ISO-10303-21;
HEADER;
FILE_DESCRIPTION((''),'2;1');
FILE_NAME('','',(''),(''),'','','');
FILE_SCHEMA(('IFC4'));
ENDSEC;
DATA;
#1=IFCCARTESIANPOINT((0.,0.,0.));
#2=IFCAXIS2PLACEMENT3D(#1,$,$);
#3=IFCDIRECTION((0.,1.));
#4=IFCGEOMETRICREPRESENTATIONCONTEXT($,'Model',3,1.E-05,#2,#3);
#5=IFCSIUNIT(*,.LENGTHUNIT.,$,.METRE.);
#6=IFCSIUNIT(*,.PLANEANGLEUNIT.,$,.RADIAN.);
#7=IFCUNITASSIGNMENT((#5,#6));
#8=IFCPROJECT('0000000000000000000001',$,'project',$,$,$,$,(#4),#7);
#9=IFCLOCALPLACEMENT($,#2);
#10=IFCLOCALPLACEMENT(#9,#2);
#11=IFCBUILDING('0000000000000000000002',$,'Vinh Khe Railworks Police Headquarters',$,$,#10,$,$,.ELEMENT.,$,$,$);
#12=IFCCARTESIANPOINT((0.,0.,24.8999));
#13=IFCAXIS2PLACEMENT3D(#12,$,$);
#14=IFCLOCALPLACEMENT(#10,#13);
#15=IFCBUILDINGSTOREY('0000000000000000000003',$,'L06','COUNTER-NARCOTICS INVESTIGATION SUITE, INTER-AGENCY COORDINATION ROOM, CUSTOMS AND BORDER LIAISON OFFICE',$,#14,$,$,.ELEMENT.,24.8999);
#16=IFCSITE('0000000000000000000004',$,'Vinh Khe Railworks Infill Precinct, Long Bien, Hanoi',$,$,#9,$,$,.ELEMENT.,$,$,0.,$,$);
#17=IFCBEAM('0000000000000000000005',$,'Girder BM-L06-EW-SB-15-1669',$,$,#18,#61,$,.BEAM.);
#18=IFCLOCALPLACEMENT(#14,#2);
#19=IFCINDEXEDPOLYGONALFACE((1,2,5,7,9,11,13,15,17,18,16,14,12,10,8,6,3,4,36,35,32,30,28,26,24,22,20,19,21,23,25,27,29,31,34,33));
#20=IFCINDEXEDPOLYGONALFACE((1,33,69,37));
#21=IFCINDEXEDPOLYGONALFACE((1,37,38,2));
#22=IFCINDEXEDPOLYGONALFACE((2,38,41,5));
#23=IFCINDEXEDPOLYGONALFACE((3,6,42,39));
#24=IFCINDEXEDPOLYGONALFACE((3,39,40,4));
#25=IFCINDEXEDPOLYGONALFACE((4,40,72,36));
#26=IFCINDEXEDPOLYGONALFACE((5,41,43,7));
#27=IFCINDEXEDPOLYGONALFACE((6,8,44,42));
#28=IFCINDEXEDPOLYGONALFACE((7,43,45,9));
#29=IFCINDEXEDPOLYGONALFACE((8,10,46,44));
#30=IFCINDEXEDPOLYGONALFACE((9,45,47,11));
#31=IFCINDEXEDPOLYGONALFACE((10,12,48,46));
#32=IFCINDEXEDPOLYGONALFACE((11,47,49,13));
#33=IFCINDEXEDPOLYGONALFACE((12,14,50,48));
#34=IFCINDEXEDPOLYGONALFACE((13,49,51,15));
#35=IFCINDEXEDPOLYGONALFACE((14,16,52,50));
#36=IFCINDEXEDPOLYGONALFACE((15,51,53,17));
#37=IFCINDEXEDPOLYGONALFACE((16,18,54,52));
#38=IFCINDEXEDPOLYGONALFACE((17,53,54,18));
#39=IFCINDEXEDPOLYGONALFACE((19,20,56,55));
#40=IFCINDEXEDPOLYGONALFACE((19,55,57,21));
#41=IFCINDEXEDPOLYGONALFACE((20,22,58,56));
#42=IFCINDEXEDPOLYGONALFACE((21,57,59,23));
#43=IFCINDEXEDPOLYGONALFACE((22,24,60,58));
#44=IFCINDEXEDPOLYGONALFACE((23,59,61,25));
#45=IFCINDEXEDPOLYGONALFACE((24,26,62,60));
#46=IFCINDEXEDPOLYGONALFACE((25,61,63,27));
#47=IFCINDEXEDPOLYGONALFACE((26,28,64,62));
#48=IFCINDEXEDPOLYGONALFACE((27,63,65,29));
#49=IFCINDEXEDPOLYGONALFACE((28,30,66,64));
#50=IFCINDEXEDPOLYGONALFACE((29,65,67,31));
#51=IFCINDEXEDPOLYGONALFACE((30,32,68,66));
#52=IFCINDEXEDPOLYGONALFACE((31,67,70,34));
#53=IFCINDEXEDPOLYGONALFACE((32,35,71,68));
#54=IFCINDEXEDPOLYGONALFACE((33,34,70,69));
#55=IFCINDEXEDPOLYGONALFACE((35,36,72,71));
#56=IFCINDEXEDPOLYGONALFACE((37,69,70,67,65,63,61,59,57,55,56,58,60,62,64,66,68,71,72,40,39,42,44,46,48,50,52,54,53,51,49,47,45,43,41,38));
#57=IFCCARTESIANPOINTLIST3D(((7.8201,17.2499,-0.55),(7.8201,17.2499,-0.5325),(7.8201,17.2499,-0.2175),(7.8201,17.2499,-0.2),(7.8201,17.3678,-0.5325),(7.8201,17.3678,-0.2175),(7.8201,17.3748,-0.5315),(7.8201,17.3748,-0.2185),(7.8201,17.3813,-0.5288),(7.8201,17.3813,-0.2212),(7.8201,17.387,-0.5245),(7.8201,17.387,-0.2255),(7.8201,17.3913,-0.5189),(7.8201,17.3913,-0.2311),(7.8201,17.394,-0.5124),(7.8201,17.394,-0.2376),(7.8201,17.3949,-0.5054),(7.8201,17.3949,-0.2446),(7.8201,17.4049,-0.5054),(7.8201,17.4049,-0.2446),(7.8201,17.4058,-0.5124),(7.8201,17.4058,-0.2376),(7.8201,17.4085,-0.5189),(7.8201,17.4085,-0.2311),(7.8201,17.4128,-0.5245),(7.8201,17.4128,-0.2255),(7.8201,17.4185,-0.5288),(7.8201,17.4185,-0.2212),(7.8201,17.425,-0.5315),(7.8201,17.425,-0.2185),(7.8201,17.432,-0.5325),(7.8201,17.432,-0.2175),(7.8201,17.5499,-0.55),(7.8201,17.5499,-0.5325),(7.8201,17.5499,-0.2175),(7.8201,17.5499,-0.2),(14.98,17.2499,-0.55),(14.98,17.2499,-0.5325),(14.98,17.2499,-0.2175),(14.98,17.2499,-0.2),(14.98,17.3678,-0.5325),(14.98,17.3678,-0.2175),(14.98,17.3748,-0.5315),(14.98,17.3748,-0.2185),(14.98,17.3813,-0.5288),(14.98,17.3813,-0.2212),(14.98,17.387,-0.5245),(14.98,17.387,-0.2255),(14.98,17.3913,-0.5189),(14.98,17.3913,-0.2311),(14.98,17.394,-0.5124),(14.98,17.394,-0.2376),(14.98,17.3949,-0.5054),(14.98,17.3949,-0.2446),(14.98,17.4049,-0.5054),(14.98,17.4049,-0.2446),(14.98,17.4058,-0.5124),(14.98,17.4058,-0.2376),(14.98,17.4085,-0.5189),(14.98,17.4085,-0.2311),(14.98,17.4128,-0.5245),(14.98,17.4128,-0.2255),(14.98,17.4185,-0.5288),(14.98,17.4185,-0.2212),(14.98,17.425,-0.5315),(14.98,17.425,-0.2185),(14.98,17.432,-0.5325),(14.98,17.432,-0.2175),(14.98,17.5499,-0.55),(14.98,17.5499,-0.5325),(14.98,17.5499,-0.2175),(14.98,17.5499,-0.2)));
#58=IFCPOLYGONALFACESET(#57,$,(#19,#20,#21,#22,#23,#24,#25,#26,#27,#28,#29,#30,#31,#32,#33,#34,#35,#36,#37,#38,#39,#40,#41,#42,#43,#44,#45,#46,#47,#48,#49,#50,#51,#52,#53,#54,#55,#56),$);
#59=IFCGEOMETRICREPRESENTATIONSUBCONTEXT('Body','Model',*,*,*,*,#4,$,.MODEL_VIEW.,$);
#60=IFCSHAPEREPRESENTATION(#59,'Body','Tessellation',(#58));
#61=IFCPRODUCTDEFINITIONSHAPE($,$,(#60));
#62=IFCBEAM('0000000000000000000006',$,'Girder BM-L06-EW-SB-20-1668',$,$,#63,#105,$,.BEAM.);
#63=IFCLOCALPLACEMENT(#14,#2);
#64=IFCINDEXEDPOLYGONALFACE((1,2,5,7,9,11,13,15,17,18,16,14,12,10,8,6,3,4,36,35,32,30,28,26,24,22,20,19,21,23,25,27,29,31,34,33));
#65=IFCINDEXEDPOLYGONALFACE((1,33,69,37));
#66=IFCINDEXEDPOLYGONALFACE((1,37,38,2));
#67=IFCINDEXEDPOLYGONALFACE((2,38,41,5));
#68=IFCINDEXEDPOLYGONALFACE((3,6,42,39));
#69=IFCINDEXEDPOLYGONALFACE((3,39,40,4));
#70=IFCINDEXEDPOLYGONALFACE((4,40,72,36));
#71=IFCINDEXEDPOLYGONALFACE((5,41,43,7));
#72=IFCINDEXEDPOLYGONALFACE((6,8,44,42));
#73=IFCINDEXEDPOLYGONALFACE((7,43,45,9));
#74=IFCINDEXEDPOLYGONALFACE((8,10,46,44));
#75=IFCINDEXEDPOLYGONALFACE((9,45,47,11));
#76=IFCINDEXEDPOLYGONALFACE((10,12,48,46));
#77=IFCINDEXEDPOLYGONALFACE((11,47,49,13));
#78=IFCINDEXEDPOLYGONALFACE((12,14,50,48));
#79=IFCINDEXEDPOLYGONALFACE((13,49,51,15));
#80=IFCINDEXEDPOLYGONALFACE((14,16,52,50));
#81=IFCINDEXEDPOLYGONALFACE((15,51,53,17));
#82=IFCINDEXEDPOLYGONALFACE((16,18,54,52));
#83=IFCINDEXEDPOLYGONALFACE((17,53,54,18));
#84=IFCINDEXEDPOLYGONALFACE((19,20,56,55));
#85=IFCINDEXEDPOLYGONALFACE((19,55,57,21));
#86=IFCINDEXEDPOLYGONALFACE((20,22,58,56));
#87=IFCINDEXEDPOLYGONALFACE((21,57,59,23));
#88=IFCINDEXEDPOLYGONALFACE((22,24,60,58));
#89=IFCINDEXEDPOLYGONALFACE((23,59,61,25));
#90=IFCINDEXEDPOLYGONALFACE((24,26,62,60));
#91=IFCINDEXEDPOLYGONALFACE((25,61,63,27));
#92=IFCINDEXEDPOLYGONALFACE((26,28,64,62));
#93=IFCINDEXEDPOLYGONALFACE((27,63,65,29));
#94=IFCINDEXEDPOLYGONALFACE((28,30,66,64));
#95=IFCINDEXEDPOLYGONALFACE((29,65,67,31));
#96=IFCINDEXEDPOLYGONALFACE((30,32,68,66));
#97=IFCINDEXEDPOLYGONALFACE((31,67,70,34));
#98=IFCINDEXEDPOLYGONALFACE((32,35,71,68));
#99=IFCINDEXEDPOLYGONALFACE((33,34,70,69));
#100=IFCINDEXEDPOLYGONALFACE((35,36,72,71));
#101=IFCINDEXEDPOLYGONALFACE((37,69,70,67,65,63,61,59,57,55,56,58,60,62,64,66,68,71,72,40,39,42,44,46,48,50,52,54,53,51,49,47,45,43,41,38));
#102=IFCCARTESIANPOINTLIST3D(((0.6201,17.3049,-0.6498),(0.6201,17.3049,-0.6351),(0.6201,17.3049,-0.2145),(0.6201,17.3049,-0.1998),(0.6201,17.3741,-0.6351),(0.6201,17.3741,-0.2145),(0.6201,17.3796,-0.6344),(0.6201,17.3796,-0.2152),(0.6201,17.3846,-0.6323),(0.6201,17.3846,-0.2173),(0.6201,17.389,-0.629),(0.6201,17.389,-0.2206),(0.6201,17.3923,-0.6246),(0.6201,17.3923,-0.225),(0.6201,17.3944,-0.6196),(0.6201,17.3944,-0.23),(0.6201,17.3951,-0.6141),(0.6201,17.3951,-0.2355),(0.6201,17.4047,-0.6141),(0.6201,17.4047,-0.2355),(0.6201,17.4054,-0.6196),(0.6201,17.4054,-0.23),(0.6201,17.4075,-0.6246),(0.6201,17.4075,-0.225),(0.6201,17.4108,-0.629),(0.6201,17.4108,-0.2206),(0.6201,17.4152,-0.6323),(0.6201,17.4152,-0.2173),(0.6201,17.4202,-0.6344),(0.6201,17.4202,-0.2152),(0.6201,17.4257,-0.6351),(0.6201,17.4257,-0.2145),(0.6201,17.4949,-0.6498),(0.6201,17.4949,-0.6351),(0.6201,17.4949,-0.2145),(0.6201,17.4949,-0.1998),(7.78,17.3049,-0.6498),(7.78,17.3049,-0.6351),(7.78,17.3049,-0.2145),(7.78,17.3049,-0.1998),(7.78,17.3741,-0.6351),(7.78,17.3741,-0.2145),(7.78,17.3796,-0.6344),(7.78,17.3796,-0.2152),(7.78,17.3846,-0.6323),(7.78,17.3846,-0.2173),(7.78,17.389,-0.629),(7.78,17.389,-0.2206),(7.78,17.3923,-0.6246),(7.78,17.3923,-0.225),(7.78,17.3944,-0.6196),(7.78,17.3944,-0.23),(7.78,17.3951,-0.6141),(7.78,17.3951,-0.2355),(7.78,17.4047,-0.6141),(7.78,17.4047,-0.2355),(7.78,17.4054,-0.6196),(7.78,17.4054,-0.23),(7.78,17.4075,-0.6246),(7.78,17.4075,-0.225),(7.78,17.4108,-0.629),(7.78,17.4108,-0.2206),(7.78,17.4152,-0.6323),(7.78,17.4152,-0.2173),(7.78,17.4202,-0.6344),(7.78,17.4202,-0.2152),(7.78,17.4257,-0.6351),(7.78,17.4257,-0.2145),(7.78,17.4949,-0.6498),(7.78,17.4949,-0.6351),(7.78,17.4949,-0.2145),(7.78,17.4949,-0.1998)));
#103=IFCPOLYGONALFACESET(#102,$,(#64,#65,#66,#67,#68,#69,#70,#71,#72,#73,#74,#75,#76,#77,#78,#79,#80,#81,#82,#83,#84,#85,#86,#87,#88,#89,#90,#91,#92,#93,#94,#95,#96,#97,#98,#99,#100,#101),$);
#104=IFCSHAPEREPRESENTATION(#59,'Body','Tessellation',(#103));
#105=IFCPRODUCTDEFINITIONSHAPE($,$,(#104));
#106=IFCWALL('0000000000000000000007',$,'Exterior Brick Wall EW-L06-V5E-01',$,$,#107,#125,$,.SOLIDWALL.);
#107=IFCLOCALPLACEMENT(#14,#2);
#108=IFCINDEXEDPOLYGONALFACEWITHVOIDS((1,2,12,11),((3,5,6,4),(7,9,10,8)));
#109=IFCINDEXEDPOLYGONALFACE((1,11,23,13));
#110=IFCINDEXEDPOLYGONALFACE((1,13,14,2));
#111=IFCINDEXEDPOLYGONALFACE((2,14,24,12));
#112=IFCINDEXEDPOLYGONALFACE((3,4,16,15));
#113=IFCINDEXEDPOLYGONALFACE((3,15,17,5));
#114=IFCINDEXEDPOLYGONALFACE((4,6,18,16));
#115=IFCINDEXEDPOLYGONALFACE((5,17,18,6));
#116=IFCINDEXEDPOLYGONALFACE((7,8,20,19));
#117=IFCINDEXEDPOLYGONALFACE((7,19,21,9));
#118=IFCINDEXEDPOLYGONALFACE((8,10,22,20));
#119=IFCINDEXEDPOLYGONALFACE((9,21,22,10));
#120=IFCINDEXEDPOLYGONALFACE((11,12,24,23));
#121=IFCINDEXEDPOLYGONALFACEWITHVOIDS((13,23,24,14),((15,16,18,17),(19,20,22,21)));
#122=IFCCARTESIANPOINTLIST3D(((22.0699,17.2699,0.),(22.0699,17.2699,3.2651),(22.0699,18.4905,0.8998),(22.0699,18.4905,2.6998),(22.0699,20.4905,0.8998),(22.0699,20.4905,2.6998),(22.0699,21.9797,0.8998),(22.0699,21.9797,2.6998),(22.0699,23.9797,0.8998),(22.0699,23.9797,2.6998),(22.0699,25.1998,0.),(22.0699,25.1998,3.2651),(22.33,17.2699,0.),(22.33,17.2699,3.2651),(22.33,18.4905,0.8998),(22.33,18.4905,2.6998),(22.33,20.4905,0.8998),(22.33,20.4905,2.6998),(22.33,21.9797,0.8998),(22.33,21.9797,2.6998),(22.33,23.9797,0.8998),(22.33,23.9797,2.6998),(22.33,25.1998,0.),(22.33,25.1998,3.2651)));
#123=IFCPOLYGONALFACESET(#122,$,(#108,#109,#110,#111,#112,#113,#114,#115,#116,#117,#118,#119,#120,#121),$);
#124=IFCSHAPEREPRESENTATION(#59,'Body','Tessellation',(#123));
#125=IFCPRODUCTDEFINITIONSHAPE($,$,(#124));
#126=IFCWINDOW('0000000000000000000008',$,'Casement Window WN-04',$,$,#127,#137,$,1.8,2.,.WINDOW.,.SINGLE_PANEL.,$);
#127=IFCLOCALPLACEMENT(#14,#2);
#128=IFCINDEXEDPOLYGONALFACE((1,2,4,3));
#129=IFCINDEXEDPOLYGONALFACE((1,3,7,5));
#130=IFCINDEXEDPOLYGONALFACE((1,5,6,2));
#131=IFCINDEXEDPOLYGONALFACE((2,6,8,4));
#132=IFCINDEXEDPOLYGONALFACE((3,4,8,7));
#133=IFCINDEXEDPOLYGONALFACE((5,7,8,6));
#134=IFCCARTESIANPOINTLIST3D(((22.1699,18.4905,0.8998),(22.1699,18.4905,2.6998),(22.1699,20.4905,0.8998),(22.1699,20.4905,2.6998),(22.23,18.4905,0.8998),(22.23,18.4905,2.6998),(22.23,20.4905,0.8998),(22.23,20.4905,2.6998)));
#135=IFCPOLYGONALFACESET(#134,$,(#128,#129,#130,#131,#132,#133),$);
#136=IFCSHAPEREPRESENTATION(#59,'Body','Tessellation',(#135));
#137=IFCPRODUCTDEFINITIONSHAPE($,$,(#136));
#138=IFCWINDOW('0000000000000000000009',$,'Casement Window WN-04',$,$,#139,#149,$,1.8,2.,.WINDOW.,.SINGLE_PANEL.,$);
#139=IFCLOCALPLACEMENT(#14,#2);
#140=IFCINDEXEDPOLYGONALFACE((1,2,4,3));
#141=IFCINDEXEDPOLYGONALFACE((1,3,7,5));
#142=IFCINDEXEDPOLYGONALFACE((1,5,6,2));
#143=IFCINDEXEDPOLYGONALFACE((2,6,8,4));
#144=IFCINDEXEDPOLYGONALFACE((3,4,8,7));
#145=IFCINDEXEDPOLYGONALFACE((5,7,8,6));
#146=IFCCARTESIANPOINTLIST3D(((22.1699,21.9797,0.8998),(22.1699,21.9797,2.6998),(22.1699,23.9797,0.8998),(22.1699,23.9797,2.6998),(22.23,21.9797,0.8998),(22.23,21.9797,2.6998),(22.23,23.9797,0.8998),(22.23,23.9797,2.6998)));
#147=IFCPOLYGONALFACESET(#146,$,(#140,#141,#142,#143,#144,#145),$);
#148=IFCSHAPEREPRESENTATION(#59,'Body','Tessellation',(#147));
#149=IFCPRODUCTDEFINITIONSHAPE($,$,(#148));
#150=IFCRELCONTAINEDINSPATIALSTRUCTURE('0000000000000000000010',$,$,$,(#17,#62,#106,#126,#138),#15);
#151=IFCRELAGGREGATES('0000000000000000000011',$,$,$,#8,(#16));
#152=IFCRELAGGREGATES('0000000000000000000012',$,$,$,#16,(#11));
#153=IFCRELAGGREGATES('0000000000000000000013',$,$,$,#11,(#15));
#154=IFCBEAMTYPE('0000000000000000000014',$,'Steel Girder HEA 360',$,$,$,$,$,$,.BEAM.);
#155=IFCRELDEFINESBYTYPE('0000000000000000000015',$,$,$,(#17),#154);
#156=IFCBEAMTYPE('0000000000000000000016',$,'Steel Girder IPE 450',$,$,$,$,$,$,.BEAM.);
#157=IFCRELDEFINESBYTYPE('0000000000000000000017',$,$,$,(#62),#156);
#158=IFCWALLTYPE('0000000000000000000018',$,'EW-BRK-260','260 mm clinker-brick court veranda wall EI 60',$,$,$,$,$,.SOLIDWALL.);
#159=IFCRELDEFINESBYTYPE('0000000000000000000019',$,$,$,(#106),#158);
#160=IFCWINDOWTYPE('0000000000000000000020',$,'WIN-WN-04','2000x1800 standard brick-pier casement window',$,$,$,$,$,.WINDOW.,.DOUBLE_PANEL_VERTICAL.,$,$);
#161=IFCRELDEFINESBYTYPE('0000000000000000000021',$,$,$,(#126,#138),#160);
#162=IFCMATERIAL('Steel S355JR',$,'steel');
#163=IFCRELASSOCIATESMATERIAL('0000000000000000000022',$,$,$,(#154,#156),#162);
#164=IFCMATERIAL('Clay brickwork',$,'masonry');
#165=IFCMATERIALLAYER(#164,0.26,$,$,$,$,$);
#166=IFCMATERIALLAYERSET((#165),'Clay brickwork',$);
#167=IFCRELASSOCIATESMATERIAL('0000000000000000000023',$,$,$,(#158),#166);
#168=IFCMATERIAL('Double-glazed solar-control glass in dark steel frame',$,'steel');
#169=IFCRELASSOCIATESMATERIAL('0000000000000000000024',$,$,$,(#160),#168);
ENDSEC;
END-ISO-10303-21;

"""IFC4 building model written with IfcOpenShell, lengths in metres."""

from ifc_helpers import new_model, si_unit, direction, frame, frame_2d, origin, origin_2d, place, context, subcontext, project, spatial, rectangle, i_section, extrude, material, layer, layer_set, material_profile, profile_set, type_object, element, fill, save


model = new_model("IFC4")

# Units and contexts
model_context = context("Model", 3, precision=1e-05, world=origin(), true_north=direction((0.0, 1.0)))
body_context = subcontext(model_context, "Body", "Model", "MODEL_VIEW")
ifc_project = project(units=[si_unit("LENGTHUNIT", "METRE"), si_unit("PLANEANGLEUNIT", "RADIAN")], contexts=[model_context])

# Site, building, storey
site_placement = place(None, origin())
site = spatial("IfcSite", under=ifc_project, at=site_placement, Name="Vinh Khe Railworks Infill Precinct, Long Bien, Hanoi", CompositionType="ELEMENT", RefElevation=0.0)
building_placement = place(site_placement, origin())
building = spatial("IfcBuilding", under=site, at=building_placement, Name="Vinh Khe Railworks Police Headquarters", CompositionType="ELEMENT")
storey_placement = place(building_placement, frame((0.0, 0.0, 24.8999)))
storey = spatial("IfcBuildingStorey", under=building, at=storey_placement, Name="L06", Description="COUNTER-NARCOTICS INVESTIGATION SUITE, INTER-AGENCY COORDINATION ROOM, CUSTOMS AND BORDER LIAISON OFFICE", CompositionType="ELEMENT", Elevation=24.8999)

# Shared definitions
ifc_material_1 = material(Name="Steel S355JR", Category="steel")

# Beams
ifc_material_profile_1 = material_profile(ifc_material_1, i_section(OverallWidth=0.3, OverallDepth=0.3501, WebThickness=0.01, FlangeThickness=0.0176, FilletRadius=0.0271, at=origin_2d()), Name="HEA 360")
ifc_profile_set_1 = profile_set([ifc_material_profile_1], Name="Steel S355JR")
beam_type_1 = type_object("IfcBeamType", Name="Steel Girder HEA 360", PredefinedType="BEAM", material=ifc_profile_set_1)
beam_1_placement = place(storey_placement, frame((7.8201, 17.3999, -0.375), z_axis=(1.0, 0.0, 0.0), x_axis=(0.0, 1.0, 0.0)))
element("IfcBeam", 1, at=beam_1_placement, inside=storey, type_object=beam_type_1, Name="Girder BM-L06-EW-SB-15-1669", PredefinedType="BEAM", context=body_context, shape_type="SweptSolid", body=[
    extrude(i_section(OverallWidth=0.3, OverallDepth=0.3501, WebThickness=0.01, FlangeThickness=0.0176, FilletRadius=0.0271, at=origin_2d()), origin(), (0.0, 0.0, 1.0), 7.1599),
])
ifc_material_profile_2 = material_profile(ifc_material_1, i_section(OverallWidth=0.1899, OverallDepth=0.45, WebThickness=0.0095, FlangeThickness=0.0146, FilletRadius=0.021, at=origin_2d()), Name="IPE 450")
ifc_profile_set_2 = profile_set([ifc_material_profile_2], Name="Steel S355JR")
beam_type_2 = type_object("IfcBeamType", Name="Steel Girder IPE 450", PredefinedType="BEAM", material=ifc_profile_set_2)
beam_2_placement = place(storey_placement, frame((0.6201, 17.3999, -0.4248), z_axis=(1.0, 0.0, 0.0), x_axis=(0.0, 1.0, 0.0)))
element("IfcBeam", 2, at=beam_2_placement, inside=storey, type_object=beam_type_2, Name="Girder BM-L06-EW-SB-20-1668", PredefinedType="BEAM", context=body_context, shape_type="SweptSolid", body=[
    extrude(i_section(OverallWidth=0.1899, OverallDepth=0.45, WebThickness=0.0095, FlangeThickness=0.0146, FilletRadius=0.021, at=origin_2d()), origin(), (0.0, 0.0, 1.0), 7.1599),
])

# Wall, openings, windows
ifc_material_2 = material(Name="Clay brickwork", Category="masonry")
ifc_layer_1 = layer(ifc_material_2, 0.26)
ifc_layer_set_1 = layer_set([ifc_layer_1], Name="Clay brickwork")
wall_type_1 = type_object("IfcWallType", Name="EW-BRK-260", Description="260 mm clinker-brick court veranda wall EI 60", PredefinedType="SOLIDWALL", material=ifc_layer_set_1)
wall_1_placement = place(storey_placement, frame((22.2, 17.27, 0.0), z_axis=(0.0, 0.0, 1.0), x_axis=(0.0, 1.0, 0.0)))
wall_1 = element("IfcWall", 3, at=wall_1_placement, inside=storey, type_object=wall_type_1, Name="Exterior Brick Wall EW-L06-V5E-01", PredefinedType="SOLIDWALL", context=body_context, shape_type="SweptSolid", body=[
    extrude(rectangle(XDim=7.9299, YDim=0.26, at=frame_2d((3.9648, 0.0))), origin(), (0.0, 0.0, 1.0), 3.2651),
])
opening_1_placement = place(wall_1_placement, frame((1.2205, 0.0, 0.8999)))
opening_1 = element("IfcOpeningElement", 4, at=opening_1_placement, cuts=wall_1, PredefinedType="OPENING", context=body_context, shape_type="SweptSolid", body=[
    extrude(rectangle(XDim=2.0, YDim=1.8, at=frame_2d((1.0, 0.8999))), frame((0.0, 0.145, 0.0), z_axis=(0.0, -1.0, 0.0), x_axis=(1.0, 0.0, 0.0)), (0.0, 0.0, 1.0), 0.2898),
])
opening_2_placement = place(wall_1_placement, frame((4.7097, 0.0, 0.8999)))
opening_2 = element("IfcOpeningElement", 5, at=opening_2_placement, cuts=wall_1, PredefinedType="OPENING", context=body_context, shape_type="SweptSolid", body=[
    extrude(rectangle(XDim=2.0, YDim=1.8, at=frame_2d((1.0, 0.8999))), frame((0.0, 0.145, 0.0), z_axis=(0.0, -1.0, 0.0), x_axis=(1.0, 0.0, 0.0)), (0.0, 0.0, 1.0), 0.2898),
])
ifc_material_3 = material(Name="Double-glazed solar-control glass in dark steel frame", Category="steel")
window_type_1 = type_object("IfcWindowType", Name="WIN-WN-04", Description="2000x1800 standard brick-pier casement window", PartitioningType="DOUBLE_PANEL_VERTICAL", PredefinedType="WINDOW", material=ifc_material_3)
window_1_placement = place(opening_1_placement, origin())
window_1 = element("IfcWindow", 6, at=window_1_placement, inside=storey, type_object=window_type_1, Name="Casement Window WN-04", OverallHeight=1.8, OverallWidth=2.0, PartitioningType="SINGLE_PANEL", PredefinedType="WINDOW", context=body_context, shape_type="SweptSolid", body=[
    extrude(rectangle(XDim=2.0, YDim=1.8, at=frame_2d((1.0, 0.8999))), frame((0.0, 0.03, 0.0), z_axis=(0.0, -1.0, 0.0), x_axis=(1.0, 0.0, 0.0)), (0.0, 0.0, 1.0), 0.0601),
])
fill(opening_1, window_1)
window_2_placement = place(opening_2_placement, origin())
window_2 = element("IfcWindow", 7, at=window_2_placement, inside=storey, type_object=window_type_1, Name="Casement Window WN-04", OverallHeight=1.8, OverallWidth=2.0, PartitioningType="SINGLE_PANEL", PredefinedType="WINDOW", context=body_context, shape_type="SweptSolid", body=[
    extrude(rectangle(XDim=2.0, YDim=1.8, at=frame_2d((1.0, 0.8999))), frame((0.0, 0.03, 0.0), z_axis=(0.0, -1.0, 0.0), x_axis=(1.0, 0.0, 0.0)), (0.0, 0.0, 1.0), 0.0601),
])
fill(opening_2, window_2)

save(model, "model.ifc")
